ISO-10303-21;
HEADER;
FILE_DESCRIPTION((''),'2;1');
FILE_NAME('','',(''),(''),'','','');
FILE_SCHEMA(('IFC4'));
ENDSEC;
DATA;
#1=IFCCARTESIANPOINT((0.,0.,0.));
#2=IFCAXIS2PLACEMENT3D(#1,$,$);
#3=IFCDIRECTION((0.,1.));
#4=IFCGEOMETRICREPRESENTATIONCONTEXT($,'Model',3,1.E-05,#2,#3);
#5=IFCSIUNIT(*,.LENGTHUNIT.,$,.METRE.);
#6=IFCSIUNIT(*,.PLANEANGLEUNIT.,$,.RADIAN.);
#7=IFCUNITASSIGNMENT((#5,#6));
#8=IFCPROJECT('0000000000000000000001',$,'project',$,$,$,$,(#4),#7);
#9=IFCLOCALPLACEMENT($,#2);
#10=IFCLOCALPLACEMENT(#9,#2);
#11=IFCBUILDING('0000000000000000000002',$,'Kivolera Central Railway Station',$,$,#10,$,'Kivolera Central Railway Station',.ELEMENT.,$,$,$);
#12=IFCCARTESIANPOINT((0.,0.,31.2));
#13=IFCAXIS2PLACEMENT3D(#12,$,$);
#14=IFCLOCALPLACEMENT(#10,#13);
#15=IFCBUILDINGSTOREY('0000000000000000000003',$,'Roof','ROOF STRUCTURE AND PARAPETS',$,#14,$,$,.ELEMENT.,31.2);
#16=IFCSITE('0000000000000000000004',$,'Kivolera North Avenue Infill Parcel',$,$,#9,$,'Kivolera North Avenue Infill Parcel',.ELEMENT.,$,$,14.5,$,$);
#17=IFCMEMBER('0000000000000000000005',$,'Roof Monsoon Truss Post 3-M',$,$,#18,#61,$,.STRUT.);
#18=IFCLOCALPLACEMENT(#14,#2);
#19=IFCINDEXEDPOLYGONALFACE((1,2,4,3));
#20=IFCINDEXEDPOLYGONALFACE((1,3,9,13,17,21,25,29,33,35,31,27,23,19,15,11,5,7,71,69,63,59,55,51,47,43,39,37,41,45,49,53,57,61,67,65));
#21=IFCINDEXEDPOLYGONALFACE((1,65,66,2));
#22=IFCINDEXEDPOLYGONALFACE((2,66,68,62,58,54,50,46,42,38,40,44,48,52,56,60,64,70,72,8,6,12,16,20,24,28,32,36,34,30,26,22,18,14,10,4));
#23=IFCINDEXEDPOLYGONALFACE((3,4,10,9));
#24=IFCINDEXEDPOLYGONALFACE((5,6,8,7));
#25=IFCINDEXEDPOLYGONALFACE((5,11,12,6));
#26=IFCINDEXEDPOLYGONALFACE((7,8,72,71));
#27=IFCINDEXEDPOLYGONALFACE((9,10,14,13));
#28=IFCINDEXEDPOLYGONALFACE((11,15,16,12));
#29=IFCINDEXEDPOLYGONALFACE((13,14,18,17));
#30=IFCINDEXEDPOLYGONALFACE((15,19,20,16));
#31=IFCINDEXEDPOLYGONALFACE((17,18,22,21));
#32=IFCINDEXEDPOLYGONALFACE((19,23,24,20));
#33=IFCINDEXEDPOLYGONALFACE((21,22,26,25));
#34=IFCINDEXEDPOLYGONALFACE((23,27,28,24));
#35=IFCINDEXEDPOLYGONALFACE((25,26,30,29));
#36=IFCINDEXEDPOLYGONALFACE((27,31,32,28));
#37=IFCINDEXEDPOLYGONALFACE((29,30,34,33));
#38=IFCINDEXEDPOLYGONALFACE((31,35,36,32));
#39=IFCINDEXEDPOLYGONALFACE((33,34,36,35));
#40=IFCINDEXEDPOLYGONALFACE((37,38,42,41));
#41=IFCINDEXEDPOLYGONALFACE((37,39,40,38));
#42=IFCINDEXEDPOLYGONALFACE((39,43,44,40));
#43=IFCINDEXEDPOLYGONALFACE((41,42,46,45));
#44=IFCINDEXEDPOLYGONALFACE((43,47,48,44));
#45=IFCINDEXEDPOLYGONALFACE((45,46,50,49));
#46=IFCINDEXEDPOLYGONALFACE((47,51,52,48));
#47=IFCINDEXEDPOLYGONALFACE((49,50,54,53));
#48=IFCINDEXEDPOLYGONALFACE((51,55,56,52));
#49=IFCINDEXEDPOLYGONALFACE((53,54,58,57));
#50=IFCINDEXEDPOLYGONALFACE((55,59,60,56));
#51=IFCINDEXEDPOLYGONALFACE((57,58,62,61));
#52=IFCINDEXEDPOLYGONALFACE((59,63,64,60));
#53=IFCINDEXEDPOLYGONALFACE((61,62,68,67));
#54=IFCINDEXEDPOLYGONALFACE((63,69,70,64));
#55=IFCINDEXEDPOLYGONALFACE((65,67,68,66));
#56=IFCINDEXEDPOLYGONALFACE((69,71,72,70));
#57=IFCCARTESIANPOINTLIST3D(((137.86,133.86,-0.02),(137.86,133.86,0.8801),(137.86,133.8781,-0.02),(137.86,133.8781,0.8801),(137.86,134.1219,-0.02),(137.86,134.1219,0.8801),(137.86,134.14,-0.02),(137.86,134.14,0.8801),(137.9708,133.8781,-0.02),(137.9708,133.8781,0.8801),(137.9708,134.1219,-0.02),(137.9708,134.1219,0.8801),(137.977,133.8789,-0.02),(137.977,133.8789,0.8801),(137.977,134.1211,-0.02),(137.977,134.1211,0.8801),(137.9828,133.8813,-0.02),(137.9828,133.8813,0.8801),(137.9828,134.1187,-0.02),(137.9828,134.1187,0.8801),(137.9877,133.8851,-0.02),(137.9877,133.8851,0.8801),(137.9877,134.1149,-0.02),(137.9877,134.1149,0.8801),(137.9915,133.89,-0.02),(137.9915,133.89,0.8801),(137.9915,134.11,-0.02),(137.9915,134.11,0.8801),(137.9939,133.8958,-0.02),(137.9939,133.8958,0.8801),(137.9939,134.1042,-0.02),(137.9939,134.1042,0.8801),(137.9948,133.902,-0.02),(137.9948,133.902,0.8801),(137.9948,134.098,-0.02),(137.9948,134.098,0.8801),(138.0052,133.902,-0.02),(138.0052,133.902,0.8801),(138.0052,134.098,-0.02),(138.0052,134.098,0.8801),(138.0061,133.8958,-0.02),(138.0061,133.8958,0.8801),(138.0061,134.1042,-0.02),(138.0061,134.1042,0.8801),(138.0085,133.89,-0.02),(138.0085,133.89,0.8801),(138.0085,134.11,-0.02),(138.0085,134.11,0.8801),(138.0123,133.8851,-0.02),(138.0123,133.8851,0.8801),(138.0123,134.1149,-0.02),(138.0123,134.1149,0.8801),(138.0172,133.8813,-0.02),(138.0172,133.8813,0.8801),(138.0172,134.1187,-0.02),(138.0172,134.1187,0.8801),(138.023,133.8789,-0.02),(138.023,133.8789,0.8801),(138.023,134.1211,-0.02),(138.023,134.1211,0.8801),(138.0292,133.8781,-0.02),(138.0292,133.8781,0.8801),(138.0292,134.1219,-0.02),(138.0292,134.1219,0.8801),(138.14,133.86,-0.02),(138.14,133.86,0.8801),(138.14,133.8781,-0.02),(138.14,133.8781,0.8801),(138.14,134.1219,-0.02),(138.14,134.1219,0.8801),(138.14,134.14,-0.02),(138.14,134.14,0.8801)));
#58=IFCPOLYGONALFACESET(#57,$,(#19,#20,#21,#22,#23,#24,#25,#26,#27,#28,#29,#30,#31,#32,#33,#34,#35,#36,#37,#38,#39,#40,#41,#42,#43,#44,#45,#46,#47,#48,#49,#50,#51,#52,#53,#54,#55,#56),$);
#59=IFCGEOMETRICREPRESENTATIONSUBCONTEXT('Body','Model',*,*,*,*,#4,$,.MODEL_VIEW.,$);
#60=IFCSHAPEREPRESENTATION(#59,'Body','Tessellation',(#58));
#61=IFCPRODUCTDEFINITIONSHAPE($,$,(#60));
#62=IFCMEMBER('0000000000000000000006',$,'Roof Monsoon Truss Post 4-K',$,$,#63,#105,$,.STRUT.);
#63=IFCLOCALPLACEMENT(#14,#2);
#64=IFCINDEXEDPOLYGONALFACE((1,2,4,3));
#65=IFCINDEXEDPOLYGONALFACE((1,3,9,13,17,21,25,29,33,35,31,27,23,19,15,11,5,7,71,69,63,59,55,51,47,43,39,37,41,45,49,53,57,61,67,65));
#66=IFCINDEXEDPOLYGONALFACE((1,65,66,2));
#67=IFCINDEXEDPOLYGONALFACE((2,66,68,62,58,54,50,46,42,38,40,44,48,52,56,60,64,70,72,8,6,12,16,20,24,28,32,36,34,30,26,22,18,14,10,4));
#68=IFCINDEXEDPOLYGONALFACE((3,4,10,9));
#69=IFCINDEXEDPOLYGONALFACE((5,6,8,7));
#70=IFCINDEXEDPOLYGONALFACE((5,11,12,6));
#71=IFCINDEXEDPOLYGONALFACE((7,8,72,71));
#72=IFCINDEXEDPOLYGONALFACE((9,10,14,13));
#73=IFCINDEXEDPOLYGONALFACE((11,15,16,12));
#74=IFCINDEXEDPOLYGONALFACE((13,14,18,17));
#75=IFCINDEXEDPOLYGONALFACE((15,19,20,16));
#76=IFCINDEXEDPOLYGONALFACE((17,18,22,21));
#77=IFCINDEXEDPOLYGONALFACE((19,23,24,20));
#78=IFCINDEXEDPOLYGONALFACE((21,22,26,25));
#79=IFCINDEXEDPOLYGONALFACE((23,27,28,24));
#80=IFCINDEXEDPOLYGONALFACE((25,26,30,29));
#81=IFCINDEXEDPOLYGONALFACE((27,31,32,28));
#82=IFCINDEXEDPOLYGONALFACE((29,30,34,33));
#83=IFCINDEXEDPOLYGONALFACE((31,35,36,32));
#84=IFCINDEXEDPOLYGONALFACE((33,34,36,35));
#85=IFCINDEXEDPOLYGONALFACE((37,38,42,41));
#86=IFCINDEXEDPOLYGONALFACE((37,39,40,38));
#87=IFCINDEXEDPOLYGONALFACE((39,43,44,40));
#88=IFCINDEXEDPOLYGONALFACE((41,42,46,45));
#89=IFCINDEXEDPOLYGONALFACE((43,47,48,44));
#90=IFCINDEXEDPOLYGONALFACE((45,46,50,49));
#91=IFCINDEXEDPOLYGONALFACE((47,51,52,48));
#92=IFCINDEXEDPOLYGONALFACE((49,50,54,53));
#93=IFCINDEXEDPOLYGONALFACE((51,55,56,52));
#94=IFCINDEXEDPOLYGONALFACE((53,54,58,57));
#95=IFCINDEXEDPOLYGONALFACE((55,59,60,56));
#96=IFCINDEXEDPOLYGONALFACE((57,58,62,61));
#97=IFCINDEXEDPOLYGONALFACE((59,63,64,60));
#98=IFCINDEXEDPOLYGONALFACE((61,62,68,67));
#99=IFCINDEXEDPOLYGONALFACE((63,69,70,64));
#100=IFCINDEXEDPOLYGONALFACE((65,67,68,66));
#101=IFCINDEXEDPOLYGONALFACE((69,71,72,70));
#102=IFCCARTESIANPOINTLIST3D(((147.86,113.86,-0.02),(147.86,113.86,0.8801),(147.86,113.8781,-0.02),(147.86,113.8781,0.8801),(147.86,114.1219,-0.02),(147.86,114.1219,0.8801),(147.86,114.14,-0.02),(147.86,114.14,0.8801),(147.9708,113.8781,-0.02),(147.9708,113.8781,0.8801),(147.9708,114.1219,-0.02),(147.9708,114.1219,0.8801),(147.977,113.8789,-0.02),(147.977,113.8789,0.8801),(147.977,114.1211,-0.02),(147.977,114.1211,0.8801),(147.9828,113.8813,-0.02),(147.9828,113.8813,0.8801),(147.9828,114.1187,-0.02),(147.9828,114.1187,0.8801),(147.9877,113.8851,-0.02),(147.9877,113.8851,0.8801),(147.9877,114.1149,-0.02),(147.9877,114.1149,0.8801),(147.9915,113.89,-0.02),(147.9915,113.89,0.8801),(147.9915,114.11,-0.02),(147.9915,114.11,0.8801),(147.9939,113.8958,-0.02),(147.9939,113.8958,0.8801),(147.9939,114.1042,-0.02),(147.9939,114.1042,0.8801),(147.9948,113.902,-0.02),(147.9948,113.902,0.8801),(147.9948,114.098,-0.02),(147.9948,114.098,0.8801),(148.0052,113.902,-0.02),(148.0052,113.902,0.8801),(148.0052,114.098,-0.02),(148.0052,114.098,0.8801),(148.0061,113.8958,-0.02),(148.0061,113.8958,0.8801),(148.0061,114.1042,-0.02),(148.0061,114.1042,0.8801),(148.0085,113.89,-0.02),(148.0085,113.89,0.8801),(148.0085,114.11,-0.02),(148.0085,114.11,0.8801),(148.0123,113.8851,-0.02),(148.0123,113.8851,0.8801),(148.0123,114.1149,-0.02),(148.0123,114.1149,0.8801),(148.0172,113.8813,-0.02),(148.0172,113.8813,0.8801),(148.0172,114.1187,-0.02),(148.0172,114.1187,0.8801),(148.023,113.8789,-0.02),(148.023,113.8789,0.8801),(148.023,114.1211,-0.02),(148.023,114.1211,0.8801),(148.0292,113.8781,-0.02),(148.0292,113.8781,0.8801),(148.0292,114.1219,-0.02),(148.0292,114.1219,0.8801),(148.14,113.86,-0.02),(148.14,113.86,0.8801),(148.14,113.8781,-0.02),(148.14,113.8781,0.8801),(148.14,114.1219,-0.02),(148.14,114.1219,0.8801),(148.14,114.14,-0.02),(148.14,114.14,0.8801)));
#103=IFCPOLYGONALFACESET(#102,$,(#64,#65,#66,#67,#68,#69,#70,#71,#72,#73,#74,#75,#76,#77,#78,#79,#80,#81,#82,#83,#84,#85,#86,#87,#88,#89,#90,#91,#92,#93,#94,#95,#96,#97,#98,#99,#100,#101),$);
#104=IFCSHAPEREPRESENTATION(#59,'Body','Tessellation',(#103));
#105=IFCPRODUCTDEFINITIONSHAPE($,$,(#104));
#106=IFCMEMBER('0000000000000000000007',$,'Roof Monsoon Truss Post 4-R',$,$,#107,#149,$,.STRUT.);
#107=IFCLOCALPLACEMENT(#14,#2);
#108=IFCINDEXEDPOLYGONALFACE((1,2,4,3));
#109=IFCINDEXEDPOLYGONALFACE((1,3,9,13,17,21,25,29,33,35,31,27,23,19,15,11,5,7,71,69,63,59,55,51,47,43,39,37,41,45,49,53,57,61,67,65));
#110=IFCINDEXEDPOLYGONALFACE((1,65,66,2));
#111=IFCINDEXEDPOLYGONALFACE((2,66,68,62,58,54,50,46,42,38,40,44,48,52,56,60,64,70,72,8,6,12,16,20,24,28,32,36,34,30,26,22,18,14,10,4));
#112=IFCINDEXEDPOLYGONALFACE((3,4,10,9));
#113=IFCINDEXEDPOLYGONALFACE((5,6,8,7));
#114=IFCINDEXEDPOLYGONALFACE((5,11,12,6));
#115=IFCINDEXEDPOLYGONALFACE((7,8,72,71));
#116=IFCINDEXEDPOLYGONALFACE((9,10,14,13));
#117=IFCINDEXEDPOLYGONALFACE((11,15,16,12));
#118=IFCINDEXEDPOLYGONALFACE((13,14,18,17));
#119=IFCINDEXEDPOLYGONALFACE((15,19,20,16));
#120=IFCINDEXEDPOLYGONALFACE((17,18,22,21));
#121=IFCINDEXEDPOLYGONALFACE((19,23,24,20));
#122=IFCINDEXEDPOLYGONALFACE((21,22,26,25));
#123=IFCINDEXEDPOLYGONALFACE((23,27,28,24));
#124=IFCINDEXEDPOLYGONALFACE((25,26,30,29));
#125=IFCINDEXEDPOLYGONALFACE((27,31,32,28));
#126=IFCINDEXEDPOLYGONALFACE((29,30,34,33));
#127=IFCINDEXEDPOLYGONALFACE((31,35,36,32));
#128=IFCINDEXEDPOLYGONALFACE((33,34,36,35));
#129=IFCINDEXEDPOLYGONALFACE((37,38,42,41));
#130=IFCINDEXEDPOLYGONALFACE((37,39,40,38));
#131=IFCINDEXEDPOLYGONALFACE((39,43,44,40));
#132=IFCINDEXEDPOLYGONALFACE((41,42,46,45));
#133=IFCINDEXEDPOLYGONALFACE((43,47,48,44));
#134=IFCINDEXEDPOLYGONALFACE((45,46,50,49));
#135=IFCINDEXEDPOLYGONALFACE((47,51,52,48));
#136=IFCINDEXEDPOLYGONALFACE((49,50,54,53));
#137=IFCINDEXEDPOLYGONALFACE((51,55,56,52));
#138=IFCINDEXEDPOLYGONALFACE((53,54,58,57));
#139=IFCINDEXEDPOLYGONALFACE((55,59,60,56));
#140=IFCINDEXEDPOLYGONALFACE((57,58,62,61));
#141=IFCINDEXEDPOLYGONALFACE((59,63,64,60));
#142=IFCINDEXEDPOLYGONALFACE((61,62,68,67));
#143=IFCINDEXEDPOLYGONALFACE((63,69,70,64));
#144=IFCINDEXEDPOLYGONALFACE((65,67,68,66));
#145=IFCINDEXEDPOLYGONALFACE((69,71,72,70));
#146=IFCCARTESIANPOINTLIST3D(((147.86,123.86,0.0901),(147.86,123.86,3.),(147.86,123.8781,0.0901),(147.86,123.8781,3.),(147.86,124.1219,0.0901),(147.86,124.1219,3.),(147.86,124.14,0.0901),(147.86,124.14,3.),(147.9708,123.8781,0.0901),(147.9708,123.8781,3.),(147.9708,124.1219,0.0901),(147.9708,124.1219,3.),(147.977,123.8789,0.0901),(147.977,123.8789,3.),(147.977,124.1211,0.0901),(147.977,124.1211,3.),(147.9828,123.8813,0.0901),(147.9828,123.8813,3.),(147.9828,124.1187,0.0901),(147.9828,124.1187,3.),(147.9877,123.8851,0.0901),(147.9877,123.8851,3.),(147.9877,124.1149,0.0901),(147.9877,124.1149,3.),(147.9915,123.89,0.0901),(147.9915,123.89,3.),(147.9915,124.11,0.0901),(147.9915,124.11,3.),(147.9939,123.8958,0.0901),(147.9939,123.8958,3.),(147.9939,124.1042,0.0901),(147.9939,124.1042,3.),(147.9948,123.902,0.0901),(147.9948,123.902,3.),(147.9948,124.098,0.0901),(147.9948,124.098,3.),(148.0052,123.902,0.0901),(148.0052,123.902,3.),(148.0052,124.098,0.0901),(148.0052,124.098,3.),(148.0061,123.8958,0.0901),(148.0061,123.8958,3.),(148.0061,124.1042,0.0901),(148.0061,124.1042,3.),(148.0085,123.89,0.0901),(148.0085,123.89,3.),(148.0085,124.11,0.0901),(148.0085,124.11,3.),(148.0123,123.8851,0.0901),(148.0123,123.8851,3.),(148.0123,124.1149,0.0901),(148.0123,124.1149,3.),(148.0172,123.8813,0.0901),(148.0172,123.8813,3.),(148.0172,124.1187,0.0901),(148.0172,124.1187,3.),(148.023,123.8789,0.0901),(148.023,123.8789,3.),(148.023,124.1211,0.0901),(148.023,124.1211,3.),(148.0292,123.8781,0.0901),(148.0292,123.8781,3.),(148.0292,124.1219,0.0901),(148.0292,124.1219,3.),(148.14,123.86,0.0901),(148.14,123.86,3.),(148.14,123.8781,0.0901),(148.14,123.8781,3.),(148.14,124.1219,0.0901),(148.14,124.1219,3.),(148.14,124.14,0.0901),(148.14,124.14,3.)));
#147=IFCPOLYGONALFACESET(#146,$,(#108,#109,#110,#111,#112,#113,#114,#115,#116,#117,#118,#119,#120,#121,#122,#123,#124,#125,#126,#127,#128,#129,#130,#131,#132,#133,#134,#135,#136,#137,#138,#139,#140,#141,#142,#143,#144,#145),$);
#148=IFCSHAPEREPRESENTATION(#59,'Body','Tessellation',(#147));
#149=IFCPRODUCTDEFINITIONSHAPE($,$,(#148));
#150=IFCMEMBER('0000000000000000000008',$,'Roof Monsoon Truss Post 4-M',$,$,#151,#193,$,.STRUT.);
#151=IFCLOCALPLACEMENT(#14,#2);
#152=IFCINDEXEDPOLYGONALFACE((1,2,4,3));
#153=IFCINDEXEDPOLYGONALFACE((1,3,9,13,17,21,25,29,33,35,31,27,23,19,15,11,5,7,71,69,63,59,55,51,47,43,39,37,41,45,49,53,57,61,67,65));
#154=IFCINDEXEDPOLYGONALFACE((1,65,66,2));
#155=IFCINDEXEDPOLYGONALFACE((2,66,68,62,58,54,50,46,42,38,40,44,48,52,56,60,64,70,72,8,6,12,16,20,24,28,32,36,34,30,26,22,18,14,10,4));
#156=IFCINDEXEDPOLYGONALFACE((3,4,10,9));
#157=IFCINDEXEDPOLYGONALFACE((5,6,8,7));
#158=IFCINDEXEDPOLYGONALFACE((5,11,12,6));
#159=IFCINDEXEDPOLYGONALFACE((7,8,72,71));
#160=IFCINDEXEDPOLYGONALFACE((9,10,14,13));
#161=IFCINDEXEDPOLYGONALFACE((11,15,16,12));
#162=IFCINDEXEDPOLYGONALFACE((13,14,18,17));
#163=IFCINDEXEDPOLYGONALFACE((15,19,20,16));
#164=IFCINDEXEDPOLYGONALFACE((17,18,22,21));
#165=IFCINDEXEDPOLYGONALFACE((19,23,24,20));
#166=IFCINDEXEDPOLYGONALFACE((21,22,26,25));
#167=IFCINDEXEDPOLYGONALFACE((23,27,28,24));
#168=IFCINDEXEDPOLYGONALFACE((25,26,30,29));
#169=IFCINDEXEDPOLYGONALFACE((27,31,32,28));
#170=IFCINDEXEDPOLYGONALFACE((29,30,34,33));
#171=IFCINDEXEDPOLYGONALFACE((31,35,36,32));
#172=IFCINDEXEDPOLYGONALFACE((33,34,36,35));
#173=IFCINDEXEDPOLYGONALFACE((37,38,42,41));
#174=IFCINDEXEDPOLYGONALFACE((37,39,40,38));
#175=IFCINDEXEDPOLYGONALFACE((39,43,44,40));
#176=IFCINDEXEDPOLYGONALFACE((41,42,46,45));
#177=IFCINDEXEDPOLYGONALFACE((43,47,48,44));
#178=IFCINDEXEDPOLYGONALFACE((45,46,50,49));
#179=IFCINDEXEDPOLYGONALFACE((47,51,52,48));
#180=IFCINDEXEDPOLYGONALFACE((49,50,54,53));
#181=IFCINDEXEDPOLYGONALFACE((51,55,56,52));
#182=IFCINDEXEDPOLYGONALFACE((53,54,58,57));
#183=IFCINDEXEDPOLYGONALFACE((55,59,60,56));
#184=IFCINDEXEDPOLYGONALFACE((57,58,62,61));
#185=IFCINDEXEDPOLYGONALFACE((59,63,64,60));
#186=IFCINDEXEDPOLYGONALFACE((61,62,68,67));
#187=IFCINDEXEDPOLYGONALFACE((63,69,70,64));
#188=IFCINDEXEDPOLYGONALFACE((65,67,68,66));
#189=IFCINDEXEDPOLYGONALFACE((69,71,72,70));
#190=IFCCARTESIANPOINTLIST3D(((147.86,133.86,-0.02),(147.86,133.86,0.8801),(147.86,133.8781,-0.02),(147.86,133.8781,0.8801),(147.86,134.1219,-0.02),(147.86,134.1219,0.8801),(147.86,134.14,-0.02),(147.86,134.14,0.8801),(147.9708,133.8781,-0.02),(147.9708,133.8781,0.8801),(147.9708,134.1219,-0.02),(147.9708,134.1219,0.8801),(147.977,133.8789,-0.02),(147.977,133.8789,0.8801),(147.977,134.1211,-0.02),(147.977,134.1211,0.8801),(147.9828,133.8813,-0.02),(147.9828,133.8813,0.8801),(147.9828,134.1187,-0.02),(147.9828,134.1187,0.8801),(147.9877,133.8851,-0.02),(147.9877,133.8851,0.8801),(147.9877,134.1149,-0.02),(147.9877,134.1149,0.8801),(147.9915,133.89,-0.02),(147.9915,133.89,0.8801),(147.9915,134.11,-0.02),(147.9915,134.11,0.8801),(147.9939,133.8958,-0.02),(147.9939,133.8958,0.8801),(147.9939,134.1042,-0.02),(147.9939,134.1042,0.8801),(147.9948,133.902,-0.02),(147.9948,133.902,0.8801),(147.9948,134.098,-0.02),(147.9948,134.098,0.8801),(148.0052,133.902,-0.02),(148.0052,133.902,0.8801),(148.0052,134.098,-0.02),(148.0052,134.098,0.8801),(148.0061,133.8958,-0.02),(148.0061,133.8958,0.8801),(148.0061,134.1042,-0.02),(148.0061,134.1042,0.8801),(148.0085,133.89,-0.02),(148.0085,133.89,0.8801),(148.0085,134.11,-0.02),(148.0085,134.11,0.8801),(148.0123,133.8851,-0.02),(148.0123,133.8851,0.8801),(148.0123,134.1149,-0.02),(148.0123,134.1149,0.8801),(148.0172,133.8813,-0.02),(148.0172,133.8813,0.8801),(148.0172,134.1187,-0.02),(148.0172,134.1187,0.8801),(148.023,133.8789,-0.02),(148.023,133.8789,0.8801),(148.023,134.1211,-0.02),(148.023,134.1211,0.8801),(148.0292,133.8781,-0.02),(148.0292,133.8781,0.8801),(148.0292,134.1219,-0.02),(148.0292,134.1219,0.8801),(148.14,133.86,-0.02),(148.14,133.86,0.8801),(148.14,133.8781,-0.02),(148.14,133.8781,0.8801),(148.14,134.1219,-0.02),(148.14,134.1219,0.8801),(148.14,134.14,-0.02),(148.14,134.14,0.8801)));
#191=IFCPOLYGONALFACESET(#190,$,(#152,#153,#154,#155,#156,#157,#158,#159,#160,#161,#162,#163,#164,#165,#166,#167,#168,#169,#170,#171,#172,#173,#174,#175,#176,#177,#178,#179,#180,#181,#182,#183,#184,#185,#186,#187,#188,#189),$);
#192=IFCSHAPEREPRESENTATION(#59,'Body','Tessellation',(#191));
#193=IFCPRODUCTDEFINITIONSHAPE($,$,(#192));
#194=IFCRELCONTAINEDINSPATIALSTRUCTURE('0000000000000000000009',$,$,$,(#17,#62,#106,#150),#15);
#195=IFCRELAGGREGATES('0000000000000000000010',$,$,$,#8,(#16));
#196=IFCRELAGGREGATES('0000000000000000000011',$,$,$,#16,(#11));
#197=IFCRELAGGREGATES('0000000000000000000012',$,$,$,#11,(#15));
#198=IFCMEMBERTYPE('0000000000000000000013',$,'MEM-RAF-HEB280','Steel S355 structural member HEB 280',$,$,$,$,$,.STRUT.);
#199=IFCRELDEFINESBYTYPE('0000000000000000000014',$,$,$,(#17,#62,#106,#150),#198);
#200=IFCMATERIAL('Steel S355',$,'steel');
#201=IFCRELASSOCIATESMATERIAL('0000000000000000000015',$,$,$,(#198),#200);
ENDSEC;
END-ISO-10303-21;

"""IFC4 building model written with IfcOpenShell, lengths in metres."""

from ifc_helpers import new_model, si_unit, direction, frame, origin, origin_2d, place, context, subcontext, project, spatial, i_section, extrude, material, material_profile, profile_set, type_object, element, save


model = new_model("IFC4")

# Units and contexts
model_context = context("Model", 3, precision=1e-05, world=origin(), true_north=direction((0.0, 1.0)))
body_context = subcontext(model_context, "Body", "Model", "MODEL_VIEW")
ifc_project = project(units=[si_unit("LENGTHUNIT", "METRE"), si_unit("PLANEANGLEUNIT", "RADIAN")], contexts=[model_context])

# Site, building, storey
site_placement = place(None, origin())
site = spatial("IfcSite", under=ifc_project, at=site_placement, Name="Kivolera North Avenue Infill Parcel", LongName="Kivolera North Avenue Infill Parcel", CompositionType="ELEMENT", RefElevation=14.5)
building_placement = place(site_placement, origin())
building = spatial("IfcBuilding", under=site, at=building_placement, Name="Kivolera Central Railway Station", LongName="Kivolera Central Railway Station", CompositionType="ELEMENT")
storey_placement = place(building_placement, frame((0.0, 0.0, 31.2)))
storey = spatial("IfcBuildingStorey", under=building, at=storey_placement, Name="Roof", Description="ROOF STRUCTURE AND PARAPETS", CompositionType="ELEMENT", Elevation=31.2)

# Shared definitions
ifc_material_1 = material(Name="Steel S355", Category="steel")

# Members
ifc_material_profile_1 = material_profile(ifc_material_1, i_section(OverallWidth=0.28, OverallDepth=0.28, WebThickness=0.0105, FlangeThickness=0.0181, FilletRadius=0.0239, at=origin_2d()), Name="HEB 280")
ifc_profile_set_1 = profile_set([ifc_material_profile_1], Name="Steel S355")
member_type_1 = type_object("IfcMemberType", Name="MEM-RAF-HEB280", Description="Steel S355 structural member HEB 280", PredefinedType="STRUT", material=ifc_profile_set_1)
for number, where, z_axis, x_axis, name in (
    (1, (138.0, 134.0, -0.02), (0.0, 0.0, 1.0), (1.0, 0.0, 0.0), "Roof Monsoon Truss Post 3-M"),
    (2, (148.0, 114.0, -0.02), (0.0, 0.0, 1.0), (1.0, 0.0, 0.0), "Roof Monsoon Truss Post 4-K"),
):
    element("IfcMember", number, at=place(storey_placement, frame(where, z_axis=z_axis, x_axis=x_axis)), inside=storey, type_object=member_type_1, Name=name, PredefinedType="STRUT", context=body_context, shape_type="SweptSolid", body=[
        extrude(i_section(OverallWidth=0.28, OverallDepth=0.28, WebThickness=0.0105, FlangeThickness=0.0181, FilletRadius=0.0239, at=origin_2d()), origin(), (0.0, 0.0, 1.0), 0.9001),
    ])
member_1_placement = place(storey_placement, frame((148.0, 124.0, 0.0901), z_axis=(0.0, 0.0, 1.0), x_axis=(1.0, 0.0, 0.0)))
element("IfcMember", 3, at=member_1_placement, inside=storey, type_object=member_type_1, Name="Roof Monsoon Truss Post 4-R", PredefinedType="STRUT", context=body_context, shape_type="SweptSolid", body=[
    extrude(i_section(OverallWidth=0.28, OverallDepth=0.28, WebThickness=0.0105, FlangeThickness=0.0181, FilletRadius=0.0239, at=origin_2d()), origin(), (0.0, 0.0, 1.0), 2.9099),
])
member_2_placement = place(storey_placement, frame((148.0, 134.0, -0.02), z_axis=(0.0, 0.0, 1.0), x_axis=(1.0, 0.0, 0.0)))
element("IfcMember", 4, at=member_2_placement, inside=storey, type_object=member_type_1, Name="Roof Monsoon Truss Post 4-M", PredefinedType="STRUT", context=body_context, shape_type="SweptSolid", body=[
    extrude(i_section(OverallWidth=0.28, OverallDepth=0.28, WebThickness=0.0105, FlangeThickness=0.0181, FilletRadius=0.0239, at=origin_2d()), origin(), (0.0, 0.0, 1.0), 0.9001),
])

save(model, "model.ifc")
